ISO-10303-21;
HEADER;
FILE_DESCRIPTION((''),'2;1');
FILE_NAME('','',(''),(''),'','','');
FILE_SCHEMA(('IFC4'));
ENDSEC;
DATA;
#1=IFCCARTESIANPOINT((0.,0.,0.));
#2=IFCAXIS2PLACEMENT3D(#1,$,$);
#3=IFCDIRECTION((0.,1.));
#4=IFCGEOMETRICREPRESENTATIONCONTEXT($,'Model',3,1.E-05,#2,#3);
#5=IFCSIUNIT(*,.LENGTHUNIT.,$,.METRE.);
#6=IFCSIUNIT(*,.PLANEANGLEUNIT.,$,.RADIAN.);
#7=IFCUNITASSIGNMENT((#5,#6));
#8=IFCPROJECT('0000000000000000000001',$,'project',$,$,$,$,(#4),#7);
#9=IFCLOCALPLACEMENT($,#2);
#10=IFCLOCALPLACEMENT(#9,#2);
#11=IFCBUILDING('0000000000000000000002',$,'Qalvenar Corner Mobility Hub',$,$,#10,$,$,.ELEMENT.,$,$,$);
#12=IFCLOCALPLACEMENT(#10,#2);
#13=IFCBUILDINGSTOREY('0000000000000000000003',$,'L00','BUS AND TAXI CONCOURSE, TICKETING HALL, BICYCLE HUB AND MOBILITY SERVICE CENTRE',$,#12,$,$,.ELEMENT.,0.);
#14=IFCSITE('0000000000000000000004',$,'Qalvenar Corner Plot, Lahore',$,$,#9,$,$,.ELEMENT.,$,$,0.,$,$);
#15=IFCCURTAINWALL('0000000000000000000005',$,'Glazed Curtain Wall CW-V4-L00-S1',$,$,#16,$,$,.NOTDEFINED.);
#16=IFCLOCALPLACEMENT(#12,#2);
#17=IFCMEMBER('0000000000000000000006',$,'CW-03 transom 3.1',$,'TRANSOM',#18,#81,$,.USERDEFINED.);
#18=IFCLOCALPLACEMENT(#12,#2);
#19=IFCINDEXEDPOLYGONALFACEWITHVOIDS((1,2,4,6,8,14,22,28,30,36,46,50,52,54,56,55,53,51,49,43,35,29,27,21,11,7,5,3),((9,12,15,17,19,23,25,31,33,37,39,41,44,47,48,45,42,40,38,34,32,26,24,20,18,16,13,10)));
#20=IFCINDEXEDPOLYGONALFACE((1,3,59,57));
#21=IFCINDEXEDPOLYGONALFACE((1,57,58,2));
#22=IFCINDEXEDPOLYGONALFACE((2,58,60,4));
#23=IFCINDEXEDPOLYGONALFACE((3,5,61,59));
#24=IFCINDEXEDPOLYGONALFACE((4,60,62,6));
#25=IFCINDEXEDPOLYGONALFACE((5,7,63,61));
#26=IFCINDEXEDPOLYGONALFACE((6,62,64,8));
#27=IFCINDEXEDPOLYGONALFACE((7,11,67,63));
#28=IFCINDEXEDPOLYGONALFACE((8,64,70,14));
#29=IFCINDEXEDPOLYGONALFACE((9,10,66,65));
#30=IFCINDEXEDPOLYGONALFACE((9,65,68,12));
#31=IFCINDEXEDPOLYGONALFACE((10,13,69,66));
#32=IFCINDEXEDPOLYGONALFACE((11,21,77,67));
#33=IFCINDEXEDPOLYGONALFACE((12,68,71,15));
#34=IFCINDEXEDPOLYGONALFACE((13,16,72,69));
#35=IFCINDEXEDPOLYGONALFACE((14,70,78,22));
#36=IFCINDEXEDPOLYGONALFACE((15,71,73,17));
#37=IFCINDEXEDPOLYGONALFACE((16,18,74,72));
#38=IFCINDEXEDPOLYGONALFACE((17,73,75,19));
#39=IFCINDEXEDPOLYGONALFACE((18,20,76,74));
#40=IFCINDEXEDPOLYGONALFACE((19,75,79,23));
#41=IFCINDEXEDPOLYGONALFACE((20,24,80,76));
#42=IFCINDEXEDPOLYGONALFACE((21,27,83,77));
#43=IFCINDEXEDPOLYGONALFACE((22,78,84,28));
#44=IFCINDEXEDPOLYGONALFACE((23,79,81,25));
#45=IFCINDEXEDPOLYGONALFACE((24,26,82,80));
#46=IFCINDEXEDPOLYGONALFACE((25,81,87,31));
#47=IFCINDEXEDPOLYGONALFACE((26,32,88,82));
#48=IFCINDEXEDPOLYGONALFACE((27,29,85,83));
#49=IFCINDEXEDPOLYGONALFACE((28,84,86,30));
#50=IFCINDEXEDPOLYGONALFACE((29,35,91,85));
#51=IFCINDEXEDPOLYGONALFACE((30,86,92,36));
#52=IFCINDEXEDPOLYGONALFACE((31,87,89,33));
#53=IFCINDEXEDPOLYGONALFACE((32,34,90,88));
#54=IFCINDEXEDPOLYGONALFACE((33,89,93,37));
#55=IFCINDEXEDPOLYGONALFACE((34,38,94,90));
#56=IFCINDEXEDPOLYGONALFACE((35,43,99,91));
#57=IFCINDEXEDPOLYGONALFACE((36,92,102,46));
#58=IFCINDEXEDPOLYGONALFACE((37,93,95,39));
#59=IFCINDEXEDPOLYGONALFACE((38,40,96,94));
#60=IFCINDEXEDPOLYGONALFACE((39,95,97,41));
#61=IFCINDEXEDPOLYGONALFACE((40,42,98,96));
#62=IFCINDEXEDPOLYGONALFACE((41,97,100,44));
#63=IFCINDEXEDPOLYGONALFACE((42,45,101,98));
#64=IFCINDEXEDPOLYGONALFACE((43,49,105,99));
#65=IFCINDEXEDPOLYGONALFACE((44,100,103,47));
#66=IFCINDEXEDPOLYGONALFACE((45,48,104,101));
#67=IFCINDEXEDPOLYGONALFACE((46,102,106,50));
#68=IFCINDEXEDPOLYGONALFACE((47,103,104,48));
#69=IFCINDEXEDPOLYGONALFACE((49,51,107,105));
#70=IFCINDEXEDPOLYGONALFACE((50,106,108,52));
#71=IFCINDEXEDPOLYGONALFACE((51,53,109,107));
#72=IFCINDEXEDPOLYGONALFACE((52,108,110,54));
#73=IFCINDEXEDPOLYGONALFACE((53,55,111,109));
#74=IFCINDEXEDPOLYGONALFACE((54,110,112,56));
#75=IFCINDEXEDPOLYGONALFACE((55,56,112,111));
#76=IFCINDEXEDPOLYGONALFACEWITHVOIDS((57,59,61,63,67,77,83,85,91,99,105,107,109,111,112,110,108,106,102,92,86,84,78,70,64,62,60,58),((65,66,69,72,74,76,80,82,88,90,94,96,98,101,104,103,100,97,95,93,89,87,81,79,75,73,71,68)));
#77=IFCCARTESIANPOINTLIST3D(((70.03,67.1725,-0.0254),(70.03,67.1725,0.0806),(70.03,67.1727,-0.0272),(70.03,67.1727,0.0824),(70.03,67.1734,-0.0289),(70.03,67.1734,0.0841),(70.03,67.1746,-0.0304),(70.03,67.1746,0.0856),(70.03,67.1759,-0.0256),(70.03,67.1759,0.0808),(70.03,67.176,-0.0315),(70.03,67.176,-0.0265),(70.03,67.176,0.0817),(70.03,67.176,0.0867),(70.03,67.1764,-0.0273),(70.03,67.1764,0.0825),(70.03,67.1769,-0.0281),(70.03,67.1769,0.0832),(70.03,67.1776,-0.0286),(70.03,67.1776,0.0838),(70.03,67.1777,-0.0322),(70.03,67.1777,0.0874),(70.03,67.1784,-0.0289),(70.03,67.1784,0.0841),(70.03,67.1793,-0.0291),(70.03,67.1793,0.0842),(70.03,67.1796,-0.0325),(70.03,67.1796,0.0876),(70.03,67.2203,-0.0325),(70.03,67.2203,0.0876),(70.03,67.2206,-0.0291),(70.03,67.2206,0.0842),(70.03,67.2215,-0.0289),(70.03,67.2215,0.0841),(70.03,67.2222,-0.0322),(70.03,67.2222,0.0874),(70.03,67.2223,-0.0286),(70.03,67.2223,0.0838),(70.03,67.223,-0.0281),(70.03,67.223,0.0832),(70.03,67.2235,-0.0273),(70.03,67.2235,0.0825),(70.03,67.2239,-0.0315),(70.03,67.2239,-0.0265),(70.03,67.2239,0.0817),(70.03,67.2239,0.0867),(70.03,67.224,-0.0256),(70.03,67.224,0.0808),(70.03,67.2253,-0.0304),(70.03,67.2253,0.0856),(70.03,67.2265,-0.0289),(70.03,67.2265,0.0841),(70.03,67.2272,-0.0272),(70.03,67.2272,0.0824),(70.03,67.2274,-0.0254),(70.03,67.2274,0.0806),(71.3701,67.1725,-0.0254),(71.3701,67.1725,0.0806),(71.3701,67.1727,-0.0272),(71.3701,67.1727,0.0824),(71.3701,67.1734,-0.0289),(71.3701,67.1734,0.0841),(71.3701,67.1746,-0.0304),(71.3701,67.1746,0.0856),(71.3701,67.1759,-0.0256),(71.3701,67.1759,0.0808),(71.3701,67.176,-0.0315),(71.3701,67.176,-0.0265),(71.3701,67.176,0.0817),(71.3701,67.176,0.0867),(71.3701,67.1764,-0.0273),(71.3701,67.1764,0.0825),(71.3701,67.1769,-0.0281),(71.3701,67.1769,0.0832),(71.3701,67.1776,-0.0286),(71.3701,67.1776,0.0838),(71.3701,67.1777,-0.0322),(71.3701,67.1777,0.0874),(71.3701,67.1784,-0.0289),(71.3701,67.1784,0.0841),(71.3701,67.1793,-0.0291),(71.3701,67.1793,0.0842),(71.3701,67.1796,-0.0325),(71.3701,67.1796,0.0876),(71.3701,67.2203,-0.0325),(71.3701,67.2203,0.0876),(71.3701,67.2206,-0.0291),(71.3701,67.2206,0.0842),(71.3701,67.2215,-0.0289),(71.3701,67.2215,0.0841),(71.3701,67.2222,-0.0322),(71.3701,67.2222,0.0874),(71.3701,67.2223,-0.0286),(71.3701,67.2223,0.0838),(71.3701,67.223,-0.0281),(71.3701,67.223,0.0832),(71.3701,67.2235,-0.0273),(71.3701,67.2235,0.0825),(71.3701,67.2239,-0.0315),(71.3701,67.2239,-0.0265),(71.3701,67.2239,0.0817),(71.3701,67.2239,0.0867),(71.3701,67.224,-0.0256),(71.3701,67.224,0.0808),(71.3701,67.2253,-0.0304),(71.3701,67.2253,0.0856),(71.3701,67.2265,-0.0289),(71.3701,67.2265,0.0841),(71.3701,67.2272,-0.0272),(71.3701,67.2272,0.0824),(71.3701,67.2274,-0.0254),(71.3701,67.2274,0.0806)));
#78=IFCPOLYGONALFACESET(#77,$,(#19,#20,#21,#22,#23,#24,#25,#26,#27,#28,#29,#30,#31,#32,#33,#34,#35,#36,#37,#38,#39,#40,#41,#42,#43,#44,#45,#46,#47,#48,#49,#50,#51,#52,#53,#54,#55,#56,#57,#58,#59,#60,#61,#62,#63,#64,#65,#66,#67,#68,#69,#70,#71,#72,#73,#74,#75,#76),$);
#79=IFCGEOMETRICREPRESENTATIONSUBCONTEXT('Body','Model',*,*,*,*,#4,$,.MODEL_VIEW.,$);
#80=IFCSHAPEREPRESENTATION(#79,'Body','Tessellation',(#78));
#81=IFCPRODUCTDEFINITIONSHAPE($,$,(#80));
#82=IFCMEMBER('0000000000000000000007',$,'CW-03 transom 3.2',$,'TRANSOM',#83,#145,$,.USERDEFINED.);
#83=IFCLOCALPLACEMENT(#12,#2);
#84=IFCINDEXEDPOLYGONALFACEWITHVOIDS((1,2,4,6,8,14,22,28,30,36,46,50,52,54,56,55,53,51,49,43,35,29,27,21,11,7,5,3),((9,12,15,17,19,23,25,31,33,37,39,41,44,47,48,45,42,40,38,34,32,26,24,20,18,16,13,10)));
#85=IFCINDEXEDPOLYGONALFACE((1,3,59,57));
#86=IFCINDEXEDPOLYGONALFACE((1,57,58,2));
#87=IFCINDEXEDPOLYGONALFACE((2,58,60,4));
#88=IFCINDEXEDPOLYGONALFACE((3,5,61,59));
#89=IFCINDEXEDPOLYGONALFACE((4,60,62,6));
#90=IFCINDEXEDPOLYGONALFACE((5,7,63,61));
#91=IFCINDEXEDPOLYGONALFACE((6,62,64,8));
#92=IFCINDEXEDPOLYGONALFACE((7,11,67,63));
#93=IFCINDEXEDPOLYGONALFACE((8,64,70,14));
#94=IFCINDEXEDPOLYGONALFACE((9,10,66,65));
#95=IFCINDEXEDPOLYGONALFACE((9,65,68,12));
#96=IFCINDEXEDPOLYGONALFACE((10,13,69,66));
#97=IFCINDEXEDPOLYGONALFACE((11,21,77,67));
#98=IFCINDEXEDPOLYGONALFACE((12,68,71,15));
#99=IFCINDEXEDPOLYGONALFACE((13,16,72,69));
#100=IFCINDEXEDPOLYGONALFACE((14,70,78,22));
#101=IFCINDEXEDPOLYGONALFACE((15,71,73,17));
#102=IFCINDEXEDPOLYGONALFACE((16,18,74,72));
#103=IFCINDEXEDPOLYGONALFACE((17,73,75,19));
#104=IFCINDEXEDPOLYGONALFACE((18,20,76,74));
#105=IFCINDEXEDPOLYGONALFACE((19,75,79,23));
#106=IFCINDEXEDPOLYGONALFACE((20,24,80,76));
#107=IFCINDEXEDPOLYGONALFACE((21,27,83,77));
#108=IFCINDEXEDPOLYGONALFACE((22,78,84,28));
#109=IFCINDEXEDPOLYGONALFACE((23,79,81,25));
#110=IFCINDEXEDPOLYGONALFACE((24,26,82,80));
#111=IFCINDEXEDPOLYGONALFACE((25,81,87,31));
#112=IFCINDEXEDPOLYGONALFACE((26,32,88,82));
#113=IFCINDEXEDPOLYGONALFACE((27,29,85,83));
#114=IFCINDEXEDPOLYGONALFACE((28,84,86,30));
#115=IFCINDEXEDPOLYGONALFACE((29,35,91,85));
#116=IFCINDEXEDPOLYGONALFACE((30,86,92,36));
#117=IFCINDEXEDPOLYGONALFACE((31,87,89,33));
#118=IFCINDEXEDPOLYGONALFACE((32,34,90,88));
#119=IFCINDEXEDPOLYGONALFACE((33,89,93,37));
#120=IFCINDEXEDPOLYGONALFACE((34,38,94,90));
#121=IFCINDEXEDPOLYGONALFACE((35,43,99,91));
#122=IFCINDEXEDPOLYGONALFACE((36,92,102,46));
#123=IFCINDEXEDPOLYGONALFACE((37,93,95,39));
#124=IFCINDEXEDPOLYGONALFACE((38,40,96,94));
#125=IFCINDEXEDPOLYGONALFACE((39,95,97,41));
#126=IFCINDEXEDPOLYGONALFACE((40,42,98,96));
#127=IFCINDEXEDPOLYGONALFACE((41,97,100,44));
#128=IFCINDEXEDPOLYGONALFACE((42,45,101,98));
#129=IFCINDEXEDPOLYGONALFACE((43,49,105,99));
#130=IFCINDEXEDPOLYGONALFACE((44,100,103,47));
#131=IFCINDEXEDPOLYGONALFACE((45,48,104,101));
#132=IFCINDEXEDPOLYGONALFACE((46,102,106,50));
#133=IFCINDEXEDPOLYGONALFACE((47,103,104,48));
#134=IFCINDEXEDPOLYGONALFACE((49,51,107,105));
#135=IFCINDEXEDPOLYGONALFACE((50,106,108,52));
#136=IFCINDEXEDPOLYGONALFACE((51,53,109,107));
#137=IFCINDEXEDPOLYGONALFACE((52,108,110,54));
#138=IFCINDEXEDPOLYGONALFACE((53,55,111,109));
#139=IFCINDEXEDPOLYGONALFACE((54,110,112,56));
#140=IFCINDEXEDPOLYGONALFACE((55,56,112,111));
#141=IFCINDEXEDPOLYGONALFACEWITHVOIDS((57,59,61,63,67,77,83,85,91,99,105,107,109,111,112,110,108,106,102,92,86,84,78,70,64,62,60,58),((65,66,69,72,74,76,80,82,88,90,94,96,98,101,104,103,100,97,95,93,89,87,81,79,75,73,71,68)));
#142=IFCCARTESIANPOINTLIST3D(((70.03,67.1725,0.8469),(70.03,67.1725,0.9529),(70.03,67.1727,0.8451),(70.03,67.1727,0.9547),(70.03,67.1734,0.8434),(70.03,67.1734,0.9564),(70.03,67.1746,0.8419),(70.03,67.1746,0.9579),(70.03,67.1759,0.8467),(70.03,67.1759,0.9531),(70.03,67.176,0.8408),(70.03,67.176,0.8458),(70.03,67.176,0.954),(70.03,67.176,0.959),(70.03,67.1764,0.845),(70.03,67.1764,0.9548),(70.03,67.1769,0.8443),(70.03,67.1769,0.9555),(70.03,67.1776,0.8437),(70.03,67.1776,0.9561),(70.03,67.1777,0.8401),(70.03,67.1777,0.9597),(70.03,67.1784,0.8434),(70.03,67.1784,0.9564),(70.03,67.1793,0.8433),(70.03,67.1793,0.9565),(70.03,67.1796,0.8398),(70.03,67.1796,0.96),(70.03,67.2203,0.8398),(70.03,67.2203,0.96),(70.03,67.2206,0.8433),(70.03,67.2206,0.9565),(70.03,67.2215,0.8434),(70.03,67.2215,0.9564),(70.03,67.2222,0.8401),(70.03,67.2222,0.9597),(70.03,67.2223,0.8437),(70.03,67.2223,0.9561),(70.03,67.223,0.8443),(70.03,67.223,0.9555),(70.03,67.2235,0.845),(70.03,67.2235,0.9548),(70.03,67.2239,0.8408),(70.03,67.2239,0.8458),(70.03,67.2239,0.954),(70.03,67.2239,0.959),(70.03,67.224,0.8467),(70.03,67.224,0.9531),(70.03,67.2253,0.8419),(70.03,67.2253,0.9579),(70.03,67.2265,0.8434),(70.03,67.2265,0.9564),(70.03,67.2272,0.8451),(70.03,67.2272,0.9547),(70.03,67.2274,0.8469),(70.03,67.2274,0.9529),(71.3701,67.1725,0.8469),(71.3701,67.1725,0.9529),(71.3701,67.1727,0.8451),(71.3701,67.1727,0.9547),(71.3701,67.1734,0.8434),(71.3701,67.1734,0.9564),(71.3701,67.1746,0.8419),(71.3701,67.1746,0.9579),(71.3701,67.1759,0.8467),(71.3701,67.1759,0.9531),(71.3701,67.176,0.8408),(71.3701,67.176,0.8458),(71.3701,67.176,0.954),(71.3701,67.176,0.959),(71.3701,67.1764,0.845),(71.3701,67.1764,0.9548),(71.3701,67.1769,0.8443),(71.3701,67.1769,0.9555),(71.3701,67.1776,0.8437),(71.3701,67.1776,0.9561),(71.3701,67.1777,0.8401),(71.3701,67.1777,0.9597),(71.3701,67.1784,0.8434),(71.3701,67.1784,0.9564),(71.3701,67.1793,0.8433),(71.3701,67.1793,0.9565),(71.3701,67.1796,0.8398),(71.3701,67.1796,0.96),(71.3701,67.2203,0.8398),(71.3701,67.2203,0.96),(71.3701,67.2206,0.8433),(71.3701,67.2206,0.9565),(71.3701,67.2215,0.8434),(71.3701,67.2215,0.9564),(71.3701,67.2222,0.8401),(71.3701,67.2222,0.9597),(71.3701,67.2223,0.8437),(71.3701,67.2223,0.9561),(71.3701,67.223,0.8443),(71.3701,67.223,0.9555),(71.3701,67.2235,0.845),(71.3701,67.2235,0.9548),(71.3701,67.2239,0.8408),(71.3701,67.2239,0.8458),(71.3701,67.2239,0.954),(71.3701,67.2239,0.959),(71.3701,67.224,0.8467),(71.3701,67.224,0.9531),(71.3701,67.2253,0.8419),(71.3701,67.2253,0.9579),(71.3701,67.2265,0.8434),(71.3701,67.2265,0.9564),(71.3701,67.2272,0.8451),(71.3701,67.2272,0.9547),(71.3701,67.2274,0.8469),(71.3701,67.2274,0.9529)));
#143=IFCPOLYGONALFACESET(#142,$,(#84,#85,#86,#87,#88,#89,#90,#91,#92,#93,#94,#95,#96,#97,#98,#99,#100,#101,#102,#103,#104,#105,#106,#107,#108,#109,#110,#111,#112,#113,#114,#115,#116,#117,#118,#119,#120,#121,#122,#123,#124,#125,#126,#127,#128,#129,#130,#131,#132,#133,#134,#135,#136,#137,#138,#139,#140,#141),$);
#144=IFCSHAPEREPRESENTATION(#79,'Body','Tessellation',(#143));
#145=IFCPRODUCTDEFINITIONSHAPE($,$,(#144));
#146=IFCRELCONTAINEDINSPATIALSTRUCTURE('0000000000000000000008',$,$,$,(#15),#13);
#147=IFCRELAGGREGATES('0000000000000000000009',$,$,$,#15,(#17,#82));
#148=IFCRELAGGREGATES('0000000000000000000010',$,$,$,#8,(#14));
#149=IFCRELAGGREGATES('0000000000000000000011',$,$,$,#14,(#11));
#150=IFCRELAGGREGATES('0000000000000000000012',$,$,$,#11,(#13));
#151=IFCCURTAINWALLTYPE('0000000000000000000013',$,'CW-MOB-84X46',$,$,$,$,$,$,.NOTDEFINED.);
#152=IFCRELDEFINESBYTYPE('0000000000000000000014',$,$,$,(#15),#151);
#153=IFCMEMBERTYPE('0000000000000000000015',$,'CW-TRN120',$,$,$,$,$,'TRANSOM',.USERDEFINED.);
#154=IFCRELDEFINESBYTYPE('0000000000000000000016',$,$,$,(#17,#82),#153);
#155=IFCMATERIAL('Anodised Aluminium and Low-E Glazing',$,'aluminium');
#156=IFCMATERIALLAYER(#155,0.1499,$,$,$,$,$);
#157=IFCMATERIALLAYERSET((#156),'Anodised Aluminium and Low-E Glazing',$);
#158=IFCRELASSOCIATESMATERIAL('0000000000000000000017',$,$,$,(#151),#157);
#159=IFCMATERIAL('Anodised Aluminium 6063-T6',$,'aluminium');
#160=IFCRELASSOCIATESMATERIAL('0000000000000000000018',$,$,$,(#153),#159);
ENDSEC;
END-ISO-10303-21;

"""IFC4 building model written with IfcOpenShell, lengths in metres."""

from ifc_helpers import new_model, si_unit, direction, frame, origin, origin_2d, place, context, subcontext, project, spatial, hollow_rectangle, extrude, material, layer, layer_set, material_profile, profile_set, type_object, element, aggregate, save


model = new_model("IFC4")

# Units and contexts
model_context = context("Model", 3, precision=1e-05, world=origin(), true_north=direction((0.0, 1.0)))
body_context = subcontext(model_context, "Body", "Model", "MODEL_VIEW")
ifc_project = project(units=[si_unit("LENGTHUNIT", "METRE"), si_unit("PLANEANGLEUNIT", "RADIAN")], contexts=[model_context])

# Site, building, storey
site_placement = place(None, origin())
site = spatial("IfcSite", under=ifc_project, at=site_placement, Name="Qalvenar Corner Plot, Lahore", CompositionType="ELEMENT", RefElevation=0.0)
building_placement = place(site_placement, origin())
building = spatial("IfcBuilding", under=site, at=building_placement, Name="Qalvenar Corner Mobility Hub", CompositionType="ELEMENT")
storey_placement = place(building_placement, origin())
storey = spatial("IfcBuildingStorey", under=building, at=storey_placement, Name="L00", Description="BUS AND TAXI CONCOURSE, TICKETING HALL, BICYCLE HUB AND MOBILITY SERVICE CENTRE", CompositionType="ELEMENT", Elevation=0.0)

# Curtain wall, members
ifc_material_1 = material(Name="Anodised Aluminium and Low-E Glazing", Category="aluminium")
ifc_layer_1 = layer(ifc_material_1, 0.1499)
ifc_layer_set_1 = layer_set([ifc_layer_1], Name="Anodised Aluminium and Low-E Glazing")
curtain_wall_type = type_object("IfcCurtainWallType", Name="CW-MOB-84X46", PredefinedType="NOTDEFINED", material=ifc_layer_set_1)
curtain_wall_placement = place(storey_placement, origin())
curtain_wall = element("IfcCurtainWall", 1, at=curtain_wall_placement, inside=storey, type_object=curtain_wall_type, Name="Glazed Curtain Wall CW-V4-L00-S1", PredefinedType="NOTDEFINED")
ifc_material_2 = material(Name="Anodised Aluminium 6063-T6", Category="aluminium")
ifc_material_profile_1 = material_profile(ifc_material_2, hollow_rectangle(XDim=0.0549, YDim=0.1201, WallThickness=0.0034, InnerFilletRadius=0.0034, OuterFilletRadius=0.0071, at=origin_2d()), Name="RHS120x55x3.5")
ifc_profile_set_1 = profile_set([ifc_material_profile_1], Name="Anodised Aluminium 6063-T6")
member_type_1 = type_object("IfcMemberType", Name="CW-TRN120", ElementType="TRANSOM", PredefinedType="USERDEFINED", material=ifc_profile_set_1)
member_1_placement = place(storey_placement, frame((70.03, 67.2, 0.0276), z_axis=(1.0, 0.0, 0.0), x_axis=(0.0, 1.0, 0.0)))
member_1 = element("IfcMember", 2, at=member_1_placement, type_object=member_type_1, Name="CW-03 transom 3.1", ObjectType="TRANSOM", PredefinedType="USERDEFINED", context=body_context, shape_type="SweptSolid", body=[
    extrude(hollow_rectangle(XDim=0.0549, YDim=0.1201, WallThickness=0.0034, InnerFilletRadius=0.0034, OuterFilletRadius=0.0071, at=origin_2d()), origin(), (0.0, 0.0, 1.0), 1.3401),
])
member_2_placement = place(storey_placement, frame((70.03, 67.2, 0.8999), z_axis=(1.0, 0.0, 0.0), x_axis=(0.0, 1.0, 0.0)))
member_2 = element("IfcMember", 3, at=member_2_placement, type_object=member_type_1, Name="CW-03 transom 3.2", ObjectType="TRANSOM", PredefinedType="USERDEFINED", context=body_context, shape_type="SweptSolid", body=[
    extrude(hollow_rectangle(XDim=0.0549, YDim=0.1201, WallThickness=0.0034, InnerFilletRadius=0.0034, OuterFilletRadius=0.0071, at=origin_2d()), origin(), (0.0, 0.0, 1.0), 1.3401),
])
aggregate(curtain_wall, [member_1, member_2])

save(model, "model.ifc")
